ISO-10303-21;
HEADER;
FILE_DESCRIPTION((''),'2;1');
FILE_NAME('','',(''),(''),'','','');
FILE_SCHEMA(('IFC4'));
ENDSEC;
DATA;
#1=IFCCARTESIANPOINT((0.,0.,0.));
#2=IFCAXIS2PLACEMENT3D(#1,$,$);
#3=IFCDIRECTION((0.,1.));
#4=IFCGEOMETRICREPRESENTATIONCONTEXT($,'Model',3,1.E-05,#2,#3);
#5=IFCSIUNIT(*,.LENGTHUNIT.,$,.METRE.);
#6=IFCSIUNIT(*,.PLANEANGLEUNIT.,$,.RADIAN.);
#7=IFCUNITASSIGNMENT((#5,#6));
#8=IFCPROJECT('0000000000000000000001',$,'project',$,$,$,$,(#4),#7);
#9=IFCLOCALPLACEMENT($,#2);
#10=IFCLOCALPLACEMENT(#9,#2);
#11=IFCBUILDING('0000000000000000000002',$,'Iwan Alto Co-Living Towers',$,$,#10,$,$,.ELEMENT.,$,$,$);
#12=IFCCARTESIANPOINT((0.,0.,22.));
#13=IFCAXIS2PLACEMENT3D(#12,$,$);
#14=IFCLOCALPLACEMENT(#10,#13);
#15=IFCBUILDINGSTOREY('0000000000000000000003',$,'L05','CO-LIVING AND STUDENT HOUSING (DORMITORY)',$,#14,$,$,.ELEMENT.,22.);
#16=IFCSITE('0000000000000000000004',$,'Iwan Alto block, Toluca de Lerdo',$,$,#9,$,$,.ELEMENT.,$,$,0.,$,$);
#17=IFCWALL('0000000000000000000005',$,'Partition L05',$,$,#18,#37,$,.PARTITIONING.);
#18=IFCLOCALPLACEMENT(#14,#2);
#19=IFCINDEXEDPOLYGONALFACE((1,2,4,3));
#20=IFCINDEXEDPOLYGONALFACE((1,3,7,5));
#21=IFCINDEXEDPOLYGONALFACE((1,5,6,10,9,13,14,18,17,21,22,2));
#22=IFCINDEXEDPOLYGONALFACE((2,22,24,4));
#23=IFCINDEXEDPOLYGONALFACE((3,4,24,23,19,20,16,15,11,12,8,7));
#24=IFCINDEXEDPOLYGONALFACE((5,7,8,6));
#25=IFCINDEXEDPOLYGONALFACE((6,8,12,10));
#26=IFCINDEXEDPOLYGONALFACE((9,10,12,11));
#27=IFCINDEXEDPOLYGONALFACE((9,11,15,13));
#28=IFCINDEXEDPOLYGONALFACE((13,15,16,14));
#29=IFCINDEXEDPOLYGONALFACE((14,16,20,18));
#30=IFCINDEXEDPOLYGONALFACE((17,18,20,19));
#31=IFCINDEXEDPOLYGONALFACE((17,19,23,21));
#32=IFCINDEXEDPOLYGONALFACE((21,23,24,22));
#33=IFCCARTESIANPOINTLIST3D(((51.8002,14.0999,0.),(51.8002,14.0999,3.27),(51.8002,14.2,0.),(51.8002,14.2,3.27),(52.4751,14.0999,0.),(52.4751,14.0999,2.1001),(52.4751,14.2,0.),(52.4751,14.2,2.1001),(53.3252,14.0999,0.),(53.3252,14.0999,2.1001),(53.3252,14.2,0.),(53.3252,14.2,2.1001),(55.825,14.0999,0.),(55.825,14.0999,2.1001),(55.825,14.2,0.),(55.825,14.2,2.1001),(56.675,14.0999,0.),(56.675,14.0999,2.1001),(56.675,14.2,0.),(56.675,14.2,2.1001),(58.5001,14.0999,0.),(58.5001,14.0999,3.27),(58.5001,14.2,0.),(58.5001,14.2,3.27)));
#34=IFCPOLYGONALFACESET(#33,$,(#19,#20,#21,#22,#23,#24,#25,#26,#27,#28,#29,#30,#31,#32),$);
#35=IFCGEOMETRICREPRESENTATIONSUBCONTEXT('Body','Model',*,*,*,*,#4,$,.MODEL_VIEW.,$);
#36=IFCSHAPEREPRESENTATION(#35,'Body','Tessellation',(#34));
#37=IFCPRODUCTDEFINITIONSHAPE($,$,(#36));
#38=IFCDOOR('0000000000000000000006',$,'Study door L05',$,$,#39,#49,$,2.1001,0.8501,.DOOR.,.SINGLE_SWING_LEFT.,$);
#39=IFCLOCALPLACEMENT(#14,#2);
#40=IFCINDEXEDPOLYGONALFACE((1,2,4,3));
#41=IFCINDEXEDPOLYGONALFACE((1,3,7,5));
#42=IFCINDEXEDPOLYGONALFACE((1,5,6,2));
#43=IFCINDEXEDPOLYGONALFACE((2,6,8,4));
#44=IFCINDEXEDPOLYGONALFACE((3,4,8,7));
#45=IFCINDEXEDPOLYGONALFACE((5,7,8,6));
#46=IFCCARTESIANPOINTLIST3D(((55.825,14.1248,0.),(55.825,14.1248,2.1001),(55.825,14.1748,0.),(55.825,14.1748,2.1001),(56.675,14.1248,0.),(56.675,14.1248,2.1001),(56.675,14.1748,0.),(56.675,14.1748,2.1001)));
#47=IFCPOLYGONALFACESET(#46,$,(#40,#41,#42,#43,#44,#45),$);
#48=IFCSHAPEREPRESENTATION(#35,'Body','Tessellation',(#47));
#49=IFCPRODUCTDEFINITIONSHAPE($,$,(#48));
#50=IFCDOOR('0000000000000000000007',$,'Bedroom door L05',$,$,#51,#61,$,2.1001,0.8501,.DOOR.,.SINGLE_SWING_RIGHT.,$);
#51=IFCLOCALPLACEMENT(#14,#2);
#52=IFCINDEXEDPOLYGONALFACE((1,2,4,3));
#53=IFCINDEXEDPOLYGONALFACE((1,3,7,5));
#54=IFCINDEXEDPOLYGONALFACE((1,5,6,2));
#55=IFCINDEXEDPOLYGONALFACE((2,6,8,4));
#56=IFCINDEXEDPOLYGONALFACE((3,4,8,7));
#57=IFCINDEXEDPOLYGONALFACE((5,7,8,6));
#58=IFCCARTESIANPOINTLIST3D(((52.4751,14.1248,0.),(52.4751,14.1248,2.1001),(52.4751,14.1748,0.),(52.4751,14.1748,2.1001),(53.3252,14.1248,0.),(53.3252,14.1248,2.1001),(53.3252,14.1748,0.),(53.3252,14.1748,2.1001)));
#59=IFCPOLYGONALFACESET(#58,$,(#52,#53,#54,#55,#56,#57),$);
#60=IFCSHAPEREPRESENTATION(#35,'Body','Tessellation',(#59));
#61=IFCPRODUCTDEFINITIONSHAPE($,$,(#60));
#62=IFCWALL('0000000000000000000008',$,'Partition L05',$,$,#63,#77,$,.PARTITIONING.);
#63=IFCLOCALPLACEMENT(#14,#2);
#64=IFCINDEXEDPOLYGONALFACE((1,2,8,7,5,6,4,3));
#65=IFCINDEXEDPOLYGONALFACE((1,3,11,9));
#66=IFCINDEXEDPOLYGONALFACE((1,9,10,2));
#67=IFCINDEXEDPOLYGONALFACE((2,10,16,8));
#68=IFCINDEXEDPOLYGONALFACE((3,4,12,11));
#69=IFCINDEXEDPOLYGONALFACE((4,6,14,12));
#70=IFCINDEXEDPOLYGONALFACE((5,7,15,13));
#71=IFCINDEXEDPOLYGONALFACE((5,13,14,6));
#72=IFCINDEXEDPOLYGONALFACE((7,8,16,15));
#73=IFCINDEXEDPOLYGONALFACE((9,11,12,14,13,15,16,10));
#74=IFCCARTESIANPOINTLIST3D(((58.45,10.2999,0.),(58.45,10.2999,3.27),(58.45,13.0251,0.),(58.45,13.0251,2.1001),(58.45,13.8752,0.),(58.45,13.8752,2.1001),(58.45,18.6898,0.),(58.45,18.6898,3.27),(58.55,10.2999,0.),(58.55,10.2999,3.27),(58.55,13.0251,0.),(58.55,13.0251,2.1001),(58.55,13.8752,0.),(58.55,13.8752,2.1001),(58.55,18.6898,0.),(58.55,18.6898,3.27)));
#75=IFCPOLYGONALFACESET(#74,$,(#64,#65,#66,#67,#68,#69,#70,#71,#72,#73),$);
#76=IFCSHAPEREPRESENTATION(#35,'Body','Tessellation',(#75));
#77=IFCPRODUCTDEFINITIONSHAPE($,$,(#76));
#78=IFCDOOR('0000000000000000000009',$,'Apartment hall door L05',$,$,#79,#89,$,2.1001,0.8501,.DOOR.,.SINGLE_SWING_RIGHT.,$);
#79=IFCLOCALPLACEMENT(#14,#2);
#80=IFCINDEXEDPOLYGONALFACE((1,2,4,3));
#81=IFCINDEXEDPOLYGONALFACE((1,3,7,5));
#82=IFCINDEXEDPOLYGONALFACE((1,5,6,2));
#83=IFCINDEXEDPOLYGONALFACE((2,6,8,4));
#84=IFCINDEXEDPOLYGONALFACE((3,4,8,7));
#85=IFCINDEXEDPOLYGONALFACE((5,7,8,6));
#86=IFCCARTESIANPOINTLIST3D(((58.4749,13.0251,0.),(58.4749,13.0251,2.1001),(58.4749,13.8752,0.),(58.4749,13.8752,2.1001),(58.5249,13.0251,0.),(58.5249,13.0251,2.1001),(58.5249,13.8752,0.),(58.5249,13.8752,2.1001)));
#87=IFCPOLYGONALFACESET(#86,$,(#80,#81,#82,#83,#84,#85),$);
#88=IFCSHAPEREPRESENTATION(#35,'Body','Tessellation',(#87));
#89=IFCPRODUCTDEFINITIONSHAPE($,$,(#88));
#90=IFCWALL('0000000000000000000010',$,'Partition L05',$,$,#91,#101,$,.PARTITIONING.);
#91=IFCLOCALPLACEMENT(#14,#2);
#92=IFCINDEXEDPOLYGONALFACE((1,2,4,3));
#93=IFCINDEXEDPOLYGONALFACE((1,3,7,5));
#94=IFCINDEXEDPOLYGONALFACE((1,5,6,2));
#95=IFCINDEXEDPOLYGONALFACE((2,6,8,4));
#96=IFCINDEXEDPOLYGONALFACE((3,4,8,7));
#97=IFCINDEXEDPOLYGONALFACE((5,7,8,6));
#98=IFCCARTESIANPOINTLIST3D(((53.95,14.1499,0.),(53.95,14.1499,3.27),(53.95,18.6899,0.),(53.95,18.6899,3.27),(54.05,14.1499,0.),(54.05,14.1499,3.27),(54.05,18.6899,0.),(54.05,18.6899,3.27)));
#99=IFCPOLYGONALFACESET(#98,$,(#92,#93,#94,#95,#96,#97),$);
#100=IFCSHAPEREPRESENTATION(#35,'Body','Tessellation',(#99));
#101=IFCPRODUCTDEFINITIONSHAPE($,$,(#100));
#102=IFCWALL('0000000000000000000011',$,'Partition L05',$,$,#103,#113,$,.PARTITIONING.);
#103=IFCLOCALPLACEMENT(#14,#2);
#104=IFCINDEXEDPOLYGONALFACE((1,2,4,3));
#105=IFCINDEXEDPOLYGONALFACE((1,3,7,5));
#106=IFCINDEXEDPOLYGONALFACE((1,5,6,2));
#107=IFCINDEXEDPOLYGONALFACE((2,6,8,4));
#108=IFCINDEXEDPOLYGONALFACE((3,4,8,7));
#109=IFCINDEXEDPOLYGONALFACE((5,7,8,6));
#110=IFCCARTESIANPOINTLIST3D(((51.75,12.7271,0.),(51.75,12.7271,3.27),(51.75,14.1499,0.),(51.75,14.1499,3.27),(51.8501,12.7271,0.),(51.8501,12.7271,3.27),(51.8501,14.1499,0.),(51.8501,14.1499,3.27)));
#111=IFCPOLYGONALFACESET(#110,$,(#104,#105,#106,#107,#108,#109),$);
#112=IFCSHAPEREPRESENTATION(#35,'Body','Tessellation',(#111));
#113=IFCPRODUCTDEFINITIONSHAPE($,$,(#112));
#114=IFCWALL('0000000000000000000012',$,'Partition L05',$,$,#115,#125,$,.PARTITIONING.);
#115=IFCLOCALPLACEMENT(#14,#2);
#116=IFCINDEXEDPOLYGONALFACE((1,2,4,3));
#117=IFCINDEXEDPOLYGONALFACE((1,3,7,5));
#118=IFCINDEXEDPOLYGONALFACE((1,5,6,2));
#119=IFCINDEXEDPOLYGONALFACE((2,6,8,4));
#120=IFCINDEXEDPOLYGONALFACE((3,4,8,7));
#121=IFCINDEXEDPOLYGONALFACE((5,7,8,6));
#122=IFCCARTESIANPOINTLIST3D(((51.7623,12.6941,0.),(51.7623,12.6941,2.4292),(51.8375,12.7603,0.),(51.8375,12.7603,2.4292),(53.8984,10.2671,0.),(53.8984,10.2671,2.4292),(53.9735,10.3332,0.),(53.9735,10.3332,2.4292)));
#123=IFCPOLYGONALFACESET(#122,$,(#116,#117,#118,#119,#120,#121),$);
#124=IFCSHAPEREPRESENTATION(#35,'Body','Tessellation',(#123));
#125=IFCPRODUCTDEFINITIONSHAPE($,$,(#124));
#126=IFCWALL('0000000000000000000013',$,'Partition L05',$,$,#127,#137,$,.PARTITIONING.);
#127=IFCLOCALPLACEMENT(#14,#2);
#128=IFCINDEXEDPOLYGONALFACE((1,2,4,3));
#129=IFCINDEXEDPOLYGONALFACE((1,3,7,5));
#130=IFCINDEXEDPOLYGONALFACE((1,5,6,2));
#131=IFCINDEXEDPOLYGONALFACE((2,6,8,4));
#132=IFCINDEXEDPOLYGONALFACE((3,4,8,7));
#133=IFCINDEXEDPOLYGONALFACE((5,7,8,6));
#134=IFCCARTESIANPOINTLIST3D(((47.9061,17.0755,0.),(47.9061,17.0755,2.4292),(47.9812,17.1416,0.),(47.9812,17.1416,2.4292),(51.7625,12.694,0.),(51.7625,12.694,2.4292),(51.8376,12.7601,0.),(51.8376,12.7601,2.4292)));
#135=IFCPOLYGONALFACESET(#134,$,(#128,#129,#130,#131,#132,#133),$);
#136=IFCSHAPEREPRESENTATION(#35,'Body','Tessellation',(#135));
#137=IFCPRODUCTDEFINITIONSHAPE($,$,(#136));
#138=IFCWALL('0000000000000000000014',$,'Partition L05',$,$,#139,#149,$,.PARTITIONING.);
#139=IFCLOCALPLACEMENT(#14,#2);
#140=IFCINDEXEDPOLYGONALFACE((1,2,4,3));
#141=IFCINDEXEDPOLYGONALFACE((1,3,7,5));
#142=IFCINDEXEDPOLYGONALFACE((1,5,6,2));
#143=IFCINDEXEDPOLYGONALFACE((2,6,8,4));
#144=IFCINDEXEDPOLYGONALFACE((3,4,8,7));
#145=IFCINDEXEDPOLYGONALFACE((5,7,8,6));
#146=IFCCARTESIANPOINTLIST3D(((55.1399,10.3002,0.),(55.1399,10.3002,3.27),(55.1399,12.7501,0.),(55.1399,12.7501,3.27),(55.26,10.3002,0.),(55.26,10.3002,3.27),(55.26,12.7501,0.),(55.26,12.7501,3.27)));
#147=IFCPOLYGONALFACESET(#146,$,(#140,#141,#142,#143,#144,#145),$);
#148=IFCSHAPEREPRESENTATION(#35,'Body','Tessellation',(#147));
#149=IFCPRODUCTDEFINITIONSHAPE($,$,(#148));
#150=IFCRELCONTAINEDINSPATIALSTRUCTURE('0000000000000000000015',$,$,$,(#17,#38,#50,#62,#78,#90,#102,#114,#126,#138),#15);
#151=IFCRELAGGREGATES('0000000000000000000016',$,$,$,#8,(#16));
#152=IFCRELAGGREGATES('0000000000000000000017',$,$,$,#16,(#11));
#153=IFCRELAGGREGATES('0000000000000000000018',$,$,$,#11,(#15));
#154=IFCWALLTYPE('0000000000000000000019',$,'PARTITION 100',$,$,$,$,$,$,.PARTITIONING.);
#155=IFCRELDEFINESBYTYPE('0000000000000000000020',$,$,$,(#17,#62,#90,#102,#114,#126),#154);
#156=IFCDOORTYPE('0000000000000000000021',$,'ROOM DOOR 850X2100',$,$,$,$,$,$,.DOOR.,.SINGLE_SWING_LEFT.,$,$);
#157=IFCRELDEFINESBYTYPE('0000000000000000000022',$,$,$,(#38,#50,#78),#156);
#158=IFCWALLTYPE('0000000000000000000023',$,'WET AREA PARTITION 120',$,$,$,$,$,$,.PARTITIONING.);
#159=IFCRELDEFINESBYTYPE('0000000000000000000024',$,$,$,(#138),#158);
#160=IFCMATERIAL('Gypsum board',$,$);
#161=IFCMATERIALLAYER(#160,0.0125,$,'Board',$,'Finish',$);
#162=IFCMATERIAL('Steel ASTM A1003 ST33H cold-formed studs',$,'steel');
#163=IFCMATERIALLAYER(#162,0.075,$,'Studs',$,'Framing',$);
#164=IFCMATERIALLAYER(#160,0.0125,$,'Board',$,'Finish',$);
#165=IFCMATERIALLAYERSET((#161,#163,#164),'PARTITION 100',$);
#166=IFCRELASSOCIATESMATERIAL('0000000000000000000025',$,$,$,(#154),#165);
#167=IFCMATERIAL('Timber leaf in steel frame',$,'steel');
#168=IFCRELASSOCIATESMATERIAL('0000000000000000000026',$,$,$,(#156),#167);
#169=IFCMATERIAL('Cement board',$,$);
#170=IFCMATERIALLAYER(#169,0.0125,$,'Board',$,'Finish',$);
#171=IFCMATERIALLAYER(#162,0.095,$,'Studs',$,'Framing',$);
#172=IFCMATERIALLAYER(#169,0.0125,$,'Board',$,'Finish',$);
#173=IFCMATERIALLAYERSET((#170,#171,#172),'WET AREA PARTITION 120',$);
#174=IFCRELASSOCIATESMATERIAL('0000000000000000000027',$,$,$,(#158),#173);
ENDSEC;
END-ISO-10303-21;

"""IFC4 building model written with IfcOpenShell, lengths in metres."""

from ifc_helpers import new_model, si_unit, direction, frame, frame_2d, origin, place, context, subcontext, project, spatial, rectangle, extrude, material, layer, layer_set, type_object, element, fill, save


model = new_model("IFC4")

# Units and contexts
model_context = context("Model", 3, precision=1e-05, world=origin(), true_north=direction((0.0, 1.0)))
body_context = subcontext(model_context, "Body", "Model", "MODEL_VIEW")
ifc_project = project(units=[si_unit("LENGTHUNIT", "METRE"), si_unit("PLANEANGLEUNIT", "RADIAN")], contexts=[model_context])

# Site, building, storey
site_placement = place(None, origin())
site = spatial("IfcSite", under=ifc_project, at=site_placement, Name="Iwan Alto block, Toluca de Lerdo", CompositionType="ELEMENT", RefElevation=0.0)
building_placement = place(site_placement, origin())
building = spatial("IfcBuilding", under=site, at=building_placement, Name="Iwan Alto Co-Living Towers", CompositionType="ELEMENT")
storey_placement = place(building_placement, frame((0.0, 0.0, 22.0)))
storey = spatial("IfcBuildingStorey", under=building, at=storey_placement, Name="L05", Description="CO-LIVING AND STUDENT HOUSING (DORMITORY)", CompositionType="ELEMENT", Elevation=22.0)

# Shared definitions
ifc_material_1 = material(Name="Gypsum board")
ifc_material_2 = material(Name="Steel ASTM A1003 ST33H cold-formed studs", Category="steel")

# Shared definitions
ifc_layer_1 = layer(ifc_material_1, 0.0125, Name="Board", Category="Finish")
ifc_layer_2 = layer(ifc_material_2, 0.075, Name="Studs", Category="Framing")
ifc_layer_3 = layer(ifc_material_1, 0.0125, Name="Board", Category="Finish")
ifc_layer_set_1 = layer_set([ifc_layer_1, ifc_layer_2, ifc_layer_3], Name="PARTITION 100")
wall_type_1 = type_object("IfcWallType", Name="PARTITION 100", PredefinedType="PARTITIONING", material=ifc_layer_set_1)
ifc_material_3 = material(Name="Timber leaf in steel frame", Category="steel")
door_type_1 = type_object("IfcDoorType", Name="ROOM DOOR 850X2100", OperationType="SINGLE_SWING_LEFT", PredefinedType="DOOR", material=ifc_material_3)

# Wall, openings, doors
wall_1_placement = place(storey_placement, frame((51.8, 14.1499, 0.0), z_axis=(0.0, 0.0, 1.0), x_axis=(1.0, 0.0, 0.0)))
wall_1 = element("IfcWall", 1, at=wall_1_placement, inside=storey, type_object=wall_type_1, Name="Partition L05", PredefinedType="PARTITIONING", context=body_context, shape_type="SweptSolid", body=[
    extrude(rectangle(XDim=6.7, YDim=0.1001, at=frame_2d((3.3501, 0.0))), origin(), (0.0, 0.0, 1.0), 3.27),
])
opening_1_placement = place(wall_1_placement, frame((4.0249, 0.0, 0.0)))
opening_1 = element("IfcOpeningElement", 2, at=opening_1_placement, cuts=wall_1, PredefinedType="OPENING", context=body_context, shape_type="SweptSolid", body=[
    extrude(rectangle(XDim=0.8501, YDim=2.1001, at=frame_2d((0.425, 1.05))), frame((0.0, 0.0601, 0.0), z_axis=(0.0, -1.0, 0.0), x_axis=(1.0, 0.0, 0.0)), (0.0, 0.0, 1.0), 0.1201),
])
opening_2_placement = place(wall_1_placement, frame((0.675, 0.0, 0.0)))
opening_2 = element("IfcOpeningElement", 3, at=opening_2_placement, cuts=wall_1, PredefinedType="OPENING", context=body_context, shape_type="SweptSolid", body=[
    extrude(rectangle(XDim=0.8501, YDim=2.1001, at=frame_2d((0.425, 1.05))), frame((0.0, 0.0601, 0.0), z_axis=(0.0, -1.0, 0.0), x_axis=(1.0, 0.0, 0.0)), (0.0, 0.0, 1.0), 0.1201),
])
door_1_placement = place(opening_1_placement, origin())
door_1 = element("IfcDoor", 4, at=door_1_placement, inside=storey, type_object=door_type_1, Name="Study door L05", OperationType="SINGLE_SWING_LEFT", OverallHeight=2.1001, OverallWidth=0.8501, PredefinedType="DOOR", context=body_context, shape_type="SweptSolid", body=[
    extrude(rectangle(XDim=0.8501, YDim=2.1001, at=frame_2d((0.425, 1.05))), frame((0.0, 0.0249, 0.0), z_axis=(0.0, -1.0, 0.0), x_axis=(1.0, 0.0, 0.0)), (0.0, 0.0, 1.0), 0.05),
])
fill(opening_1, door_1)
door_2_placement = place(opening_2_placement, origin())
door_2 = element("IfcDoor", 5, at=door_2_placement, inside=storey, type_object=door_type_1, Name="Bedroom door L05", OperationType="SINGLE_SWING_RIGHT", OverallHeight=2.1001, OverallWidth=0.8501, PredefinedType="DOOR", context=body_context, shape_type="SweptSolid", body=[
    extrude(rectangle(XDim=0.8501, YDim=2.1001, at=frame_2d((0.425, 1.05))), frame((0.0, 0.0249, 0.0), z_axis=(0.0, -1.0, 0.0), x_axis=(1.0, 0.0, 0.0)), (0.0, 0.0, 1.0), 0.05),
])
fill(opening_2, door_2)

# Wall, opening, door
wall_2_placement = place(storey_placement, frame((58.5, 10.3, 0.0), z_axis=(0.0, 0.0, 1.0), x_axis=(0.0, 1.0, 0.0)))
wall_2 = element("IfcWall", 6, at=wall_2_placement, inside=storey, type_object=wall_type_1, Name="Partition L05", PredefinedType="PARTITIONING", context=body_context, shape_type="SweptSolid", body=[
    extrude(rectangle(XDim=8.3899, YDim=0.1001, at=frame_2d((4.1948, 0.0))), origin(), (0.0, 0.0, 1.0), 3.27),
])
opening_3_placement = place(wall_2_placement, frame((2.7251, 0.0, 0.0)))
opening_3 = element("IfcOpeningElement", 7, at=opening_3_placement, cuts=wall_2, PredefinedType="OPENING", context=body_context, shape_type="SweptSolid", body=[
    extrude(rectangle(XDim=0.8501, YDim=2.1001, at=frame_2d((0.425, 1.05))), frame((0.0, 0.0601, 0.0), z_axis=(0.0, -1.0, 0.0), x_axis=(1.0, 0.0, 0.0)), (0.0, 0.0, 1.0), 0.1201),
])
door_3_placement = place(opening_3_placement, frame((0.8501, 0.0, 0.0), z_axis=(0.0, 0.0, 1.0), x_axis=(-1.0, 0.0, 0.0)))
door_3 = element("IfcDoor", 8, at=door_3_placement, inside=storey, type_object=door_type_1, Name="Apartment hall door L05", OperationType="SINGLE_SWING_RIGHT", OverallHeight=2.1001, OverallWidth=0.8501, PredefinedType="DOOR", context=body_context, shape_type="SweptSolid", body=[
    extrude(rectangle(XDim=0.8501, YDim=2.1001, at=frame_2d((0.425, 1.05))), frame((0.0, 0.0249, 0.0), z_axis=(0.0, -1.0, 0.0), x_axis=(1.0, 0.0, 0.0)), (0.0, 0.0, 1.0), 0.05),
])
fill(opening_3, door_3)

# Walls
wall_3_placement = place(storey_placement, frame((54.0, 14.1499, 0.0), z_axis=(0.0, 0.0, 1.0), x_axis=(0.0, 1.0, 0.0)))
element("IfcWall", 9, at=wall_3_placement, inside=storey, type_object=wall_type_1, Name="Partition L05", PredefinedType="PARTITIONING", context=body_context, shape_type="SweptSolid", body=[
    extrude(rectangle(XDim=4.54, YDim=0.1001, at=frame_2d((2.27, 0.0))), origin(), (0.0, 0.0, 1.0), 3.27),
])
wall_4_placement = place(storey_placement, frame((51.8, 12.7271, 0.0), z_axis=(0.0, 0.0, 1.0), x_axis=(0.0, 1.0, 0.0)))
element("IfcWall", 10, at=wall_4_placement, inside=storey, type_object=wall_type_1, Name="Partition L05", PredefinedType="PARTITIONING", context=body_context, shape_type="SweptSolid", body=[
    extrude(rectangle(XDim=1.4229, YDim=0.1001, at=frame_2d((0.7114, 0.0))), origin(), (0.0, 0.0, 1.0), 3.27),
])
wall_5_placement = place(storey_placement, frame((53.936, 10.3, 0.0), z_axis=(0.0, 0.0, 1.0), x_axis=(-0.660667, 0.750679, 0.0)))
element("IfcWall", 11, at=wall_5_placement, inside=storey, type_object=wall_type_1, Name="Partition L05", PredefinedType="PARTITIONING", context=body_context, shape_type="SweptSolid", body=[
    extrude(rectangle(XDim=3.2332, YDim=0.1001, at=frame_2d((1.6167, 0.0))), origin(), (0.0, 0.0, 1.0), 2.4292),
])
wall_6_placement = place(storey_placement, frame((51.8, 12.7271, 0.0), z_axis=(0.0, 0.0, 1.0), x_axis=(-0.66069, 0.750659, 0.0)))
element("IfcWall", 12, at=wall_6_placement, inside=storey, type_object=wall_type_1, Name="Partition L05", PredefinedType="PARTITIONING", context=body_context, shape_type="SweptSolid", body=[
    extrude(rectangle(XDim=5.8369, YDim=0.1001, at=frame_2d((2.9185, 0.0))), origin(), (0.0, 0.0, 1.0), 2.4292),
])
ifc_material_4 = material(Name="Cement board")
ifc_layer_4 = layer(ifc_material_4, 0.0125, Name="Board", Category="Finish")
ifc_layer_5 = layer(ifc_material_2, 0.095, Name="Studs", Category="Framing")
ifc_layer_6 = layer(ifc_material_4, 0.0125, Name="Board", Category="Finish")
ifc_layer_set_2 = layer_set([ifc_layer_4, ifc_layer_5, ifc_layer_6], Name="WET AREA PARTITION 120")
wall_type_2 = type_object("IfcWallType", Name="WET AREA PARTITION 120", PredefinedType="PARTITIONING", material=ifc_layer_set_2)
wall_7_placement = place(storey_placement, frame((55.2, 10.3, 0.0), z_axis=(0.0, 0.0, 1.0), x_axis=(0.0, 1.0, 0.0)))
element("IfcWall", 13, at=wall_7_placement, inside=storey, type_object=wall_type_2, Name="Partition L05", PredefinedType="PARTITIONING", context=body_context, shape_type="SweptSolid", body=[
    extrude(rectangle(XDim=2.45, YDim=0.1201, at=frame_2d((1.2251, 0.0))), origin(), (0.0, 0.0, 1.0), 3.27),
])

save(model, "model.ifc")
